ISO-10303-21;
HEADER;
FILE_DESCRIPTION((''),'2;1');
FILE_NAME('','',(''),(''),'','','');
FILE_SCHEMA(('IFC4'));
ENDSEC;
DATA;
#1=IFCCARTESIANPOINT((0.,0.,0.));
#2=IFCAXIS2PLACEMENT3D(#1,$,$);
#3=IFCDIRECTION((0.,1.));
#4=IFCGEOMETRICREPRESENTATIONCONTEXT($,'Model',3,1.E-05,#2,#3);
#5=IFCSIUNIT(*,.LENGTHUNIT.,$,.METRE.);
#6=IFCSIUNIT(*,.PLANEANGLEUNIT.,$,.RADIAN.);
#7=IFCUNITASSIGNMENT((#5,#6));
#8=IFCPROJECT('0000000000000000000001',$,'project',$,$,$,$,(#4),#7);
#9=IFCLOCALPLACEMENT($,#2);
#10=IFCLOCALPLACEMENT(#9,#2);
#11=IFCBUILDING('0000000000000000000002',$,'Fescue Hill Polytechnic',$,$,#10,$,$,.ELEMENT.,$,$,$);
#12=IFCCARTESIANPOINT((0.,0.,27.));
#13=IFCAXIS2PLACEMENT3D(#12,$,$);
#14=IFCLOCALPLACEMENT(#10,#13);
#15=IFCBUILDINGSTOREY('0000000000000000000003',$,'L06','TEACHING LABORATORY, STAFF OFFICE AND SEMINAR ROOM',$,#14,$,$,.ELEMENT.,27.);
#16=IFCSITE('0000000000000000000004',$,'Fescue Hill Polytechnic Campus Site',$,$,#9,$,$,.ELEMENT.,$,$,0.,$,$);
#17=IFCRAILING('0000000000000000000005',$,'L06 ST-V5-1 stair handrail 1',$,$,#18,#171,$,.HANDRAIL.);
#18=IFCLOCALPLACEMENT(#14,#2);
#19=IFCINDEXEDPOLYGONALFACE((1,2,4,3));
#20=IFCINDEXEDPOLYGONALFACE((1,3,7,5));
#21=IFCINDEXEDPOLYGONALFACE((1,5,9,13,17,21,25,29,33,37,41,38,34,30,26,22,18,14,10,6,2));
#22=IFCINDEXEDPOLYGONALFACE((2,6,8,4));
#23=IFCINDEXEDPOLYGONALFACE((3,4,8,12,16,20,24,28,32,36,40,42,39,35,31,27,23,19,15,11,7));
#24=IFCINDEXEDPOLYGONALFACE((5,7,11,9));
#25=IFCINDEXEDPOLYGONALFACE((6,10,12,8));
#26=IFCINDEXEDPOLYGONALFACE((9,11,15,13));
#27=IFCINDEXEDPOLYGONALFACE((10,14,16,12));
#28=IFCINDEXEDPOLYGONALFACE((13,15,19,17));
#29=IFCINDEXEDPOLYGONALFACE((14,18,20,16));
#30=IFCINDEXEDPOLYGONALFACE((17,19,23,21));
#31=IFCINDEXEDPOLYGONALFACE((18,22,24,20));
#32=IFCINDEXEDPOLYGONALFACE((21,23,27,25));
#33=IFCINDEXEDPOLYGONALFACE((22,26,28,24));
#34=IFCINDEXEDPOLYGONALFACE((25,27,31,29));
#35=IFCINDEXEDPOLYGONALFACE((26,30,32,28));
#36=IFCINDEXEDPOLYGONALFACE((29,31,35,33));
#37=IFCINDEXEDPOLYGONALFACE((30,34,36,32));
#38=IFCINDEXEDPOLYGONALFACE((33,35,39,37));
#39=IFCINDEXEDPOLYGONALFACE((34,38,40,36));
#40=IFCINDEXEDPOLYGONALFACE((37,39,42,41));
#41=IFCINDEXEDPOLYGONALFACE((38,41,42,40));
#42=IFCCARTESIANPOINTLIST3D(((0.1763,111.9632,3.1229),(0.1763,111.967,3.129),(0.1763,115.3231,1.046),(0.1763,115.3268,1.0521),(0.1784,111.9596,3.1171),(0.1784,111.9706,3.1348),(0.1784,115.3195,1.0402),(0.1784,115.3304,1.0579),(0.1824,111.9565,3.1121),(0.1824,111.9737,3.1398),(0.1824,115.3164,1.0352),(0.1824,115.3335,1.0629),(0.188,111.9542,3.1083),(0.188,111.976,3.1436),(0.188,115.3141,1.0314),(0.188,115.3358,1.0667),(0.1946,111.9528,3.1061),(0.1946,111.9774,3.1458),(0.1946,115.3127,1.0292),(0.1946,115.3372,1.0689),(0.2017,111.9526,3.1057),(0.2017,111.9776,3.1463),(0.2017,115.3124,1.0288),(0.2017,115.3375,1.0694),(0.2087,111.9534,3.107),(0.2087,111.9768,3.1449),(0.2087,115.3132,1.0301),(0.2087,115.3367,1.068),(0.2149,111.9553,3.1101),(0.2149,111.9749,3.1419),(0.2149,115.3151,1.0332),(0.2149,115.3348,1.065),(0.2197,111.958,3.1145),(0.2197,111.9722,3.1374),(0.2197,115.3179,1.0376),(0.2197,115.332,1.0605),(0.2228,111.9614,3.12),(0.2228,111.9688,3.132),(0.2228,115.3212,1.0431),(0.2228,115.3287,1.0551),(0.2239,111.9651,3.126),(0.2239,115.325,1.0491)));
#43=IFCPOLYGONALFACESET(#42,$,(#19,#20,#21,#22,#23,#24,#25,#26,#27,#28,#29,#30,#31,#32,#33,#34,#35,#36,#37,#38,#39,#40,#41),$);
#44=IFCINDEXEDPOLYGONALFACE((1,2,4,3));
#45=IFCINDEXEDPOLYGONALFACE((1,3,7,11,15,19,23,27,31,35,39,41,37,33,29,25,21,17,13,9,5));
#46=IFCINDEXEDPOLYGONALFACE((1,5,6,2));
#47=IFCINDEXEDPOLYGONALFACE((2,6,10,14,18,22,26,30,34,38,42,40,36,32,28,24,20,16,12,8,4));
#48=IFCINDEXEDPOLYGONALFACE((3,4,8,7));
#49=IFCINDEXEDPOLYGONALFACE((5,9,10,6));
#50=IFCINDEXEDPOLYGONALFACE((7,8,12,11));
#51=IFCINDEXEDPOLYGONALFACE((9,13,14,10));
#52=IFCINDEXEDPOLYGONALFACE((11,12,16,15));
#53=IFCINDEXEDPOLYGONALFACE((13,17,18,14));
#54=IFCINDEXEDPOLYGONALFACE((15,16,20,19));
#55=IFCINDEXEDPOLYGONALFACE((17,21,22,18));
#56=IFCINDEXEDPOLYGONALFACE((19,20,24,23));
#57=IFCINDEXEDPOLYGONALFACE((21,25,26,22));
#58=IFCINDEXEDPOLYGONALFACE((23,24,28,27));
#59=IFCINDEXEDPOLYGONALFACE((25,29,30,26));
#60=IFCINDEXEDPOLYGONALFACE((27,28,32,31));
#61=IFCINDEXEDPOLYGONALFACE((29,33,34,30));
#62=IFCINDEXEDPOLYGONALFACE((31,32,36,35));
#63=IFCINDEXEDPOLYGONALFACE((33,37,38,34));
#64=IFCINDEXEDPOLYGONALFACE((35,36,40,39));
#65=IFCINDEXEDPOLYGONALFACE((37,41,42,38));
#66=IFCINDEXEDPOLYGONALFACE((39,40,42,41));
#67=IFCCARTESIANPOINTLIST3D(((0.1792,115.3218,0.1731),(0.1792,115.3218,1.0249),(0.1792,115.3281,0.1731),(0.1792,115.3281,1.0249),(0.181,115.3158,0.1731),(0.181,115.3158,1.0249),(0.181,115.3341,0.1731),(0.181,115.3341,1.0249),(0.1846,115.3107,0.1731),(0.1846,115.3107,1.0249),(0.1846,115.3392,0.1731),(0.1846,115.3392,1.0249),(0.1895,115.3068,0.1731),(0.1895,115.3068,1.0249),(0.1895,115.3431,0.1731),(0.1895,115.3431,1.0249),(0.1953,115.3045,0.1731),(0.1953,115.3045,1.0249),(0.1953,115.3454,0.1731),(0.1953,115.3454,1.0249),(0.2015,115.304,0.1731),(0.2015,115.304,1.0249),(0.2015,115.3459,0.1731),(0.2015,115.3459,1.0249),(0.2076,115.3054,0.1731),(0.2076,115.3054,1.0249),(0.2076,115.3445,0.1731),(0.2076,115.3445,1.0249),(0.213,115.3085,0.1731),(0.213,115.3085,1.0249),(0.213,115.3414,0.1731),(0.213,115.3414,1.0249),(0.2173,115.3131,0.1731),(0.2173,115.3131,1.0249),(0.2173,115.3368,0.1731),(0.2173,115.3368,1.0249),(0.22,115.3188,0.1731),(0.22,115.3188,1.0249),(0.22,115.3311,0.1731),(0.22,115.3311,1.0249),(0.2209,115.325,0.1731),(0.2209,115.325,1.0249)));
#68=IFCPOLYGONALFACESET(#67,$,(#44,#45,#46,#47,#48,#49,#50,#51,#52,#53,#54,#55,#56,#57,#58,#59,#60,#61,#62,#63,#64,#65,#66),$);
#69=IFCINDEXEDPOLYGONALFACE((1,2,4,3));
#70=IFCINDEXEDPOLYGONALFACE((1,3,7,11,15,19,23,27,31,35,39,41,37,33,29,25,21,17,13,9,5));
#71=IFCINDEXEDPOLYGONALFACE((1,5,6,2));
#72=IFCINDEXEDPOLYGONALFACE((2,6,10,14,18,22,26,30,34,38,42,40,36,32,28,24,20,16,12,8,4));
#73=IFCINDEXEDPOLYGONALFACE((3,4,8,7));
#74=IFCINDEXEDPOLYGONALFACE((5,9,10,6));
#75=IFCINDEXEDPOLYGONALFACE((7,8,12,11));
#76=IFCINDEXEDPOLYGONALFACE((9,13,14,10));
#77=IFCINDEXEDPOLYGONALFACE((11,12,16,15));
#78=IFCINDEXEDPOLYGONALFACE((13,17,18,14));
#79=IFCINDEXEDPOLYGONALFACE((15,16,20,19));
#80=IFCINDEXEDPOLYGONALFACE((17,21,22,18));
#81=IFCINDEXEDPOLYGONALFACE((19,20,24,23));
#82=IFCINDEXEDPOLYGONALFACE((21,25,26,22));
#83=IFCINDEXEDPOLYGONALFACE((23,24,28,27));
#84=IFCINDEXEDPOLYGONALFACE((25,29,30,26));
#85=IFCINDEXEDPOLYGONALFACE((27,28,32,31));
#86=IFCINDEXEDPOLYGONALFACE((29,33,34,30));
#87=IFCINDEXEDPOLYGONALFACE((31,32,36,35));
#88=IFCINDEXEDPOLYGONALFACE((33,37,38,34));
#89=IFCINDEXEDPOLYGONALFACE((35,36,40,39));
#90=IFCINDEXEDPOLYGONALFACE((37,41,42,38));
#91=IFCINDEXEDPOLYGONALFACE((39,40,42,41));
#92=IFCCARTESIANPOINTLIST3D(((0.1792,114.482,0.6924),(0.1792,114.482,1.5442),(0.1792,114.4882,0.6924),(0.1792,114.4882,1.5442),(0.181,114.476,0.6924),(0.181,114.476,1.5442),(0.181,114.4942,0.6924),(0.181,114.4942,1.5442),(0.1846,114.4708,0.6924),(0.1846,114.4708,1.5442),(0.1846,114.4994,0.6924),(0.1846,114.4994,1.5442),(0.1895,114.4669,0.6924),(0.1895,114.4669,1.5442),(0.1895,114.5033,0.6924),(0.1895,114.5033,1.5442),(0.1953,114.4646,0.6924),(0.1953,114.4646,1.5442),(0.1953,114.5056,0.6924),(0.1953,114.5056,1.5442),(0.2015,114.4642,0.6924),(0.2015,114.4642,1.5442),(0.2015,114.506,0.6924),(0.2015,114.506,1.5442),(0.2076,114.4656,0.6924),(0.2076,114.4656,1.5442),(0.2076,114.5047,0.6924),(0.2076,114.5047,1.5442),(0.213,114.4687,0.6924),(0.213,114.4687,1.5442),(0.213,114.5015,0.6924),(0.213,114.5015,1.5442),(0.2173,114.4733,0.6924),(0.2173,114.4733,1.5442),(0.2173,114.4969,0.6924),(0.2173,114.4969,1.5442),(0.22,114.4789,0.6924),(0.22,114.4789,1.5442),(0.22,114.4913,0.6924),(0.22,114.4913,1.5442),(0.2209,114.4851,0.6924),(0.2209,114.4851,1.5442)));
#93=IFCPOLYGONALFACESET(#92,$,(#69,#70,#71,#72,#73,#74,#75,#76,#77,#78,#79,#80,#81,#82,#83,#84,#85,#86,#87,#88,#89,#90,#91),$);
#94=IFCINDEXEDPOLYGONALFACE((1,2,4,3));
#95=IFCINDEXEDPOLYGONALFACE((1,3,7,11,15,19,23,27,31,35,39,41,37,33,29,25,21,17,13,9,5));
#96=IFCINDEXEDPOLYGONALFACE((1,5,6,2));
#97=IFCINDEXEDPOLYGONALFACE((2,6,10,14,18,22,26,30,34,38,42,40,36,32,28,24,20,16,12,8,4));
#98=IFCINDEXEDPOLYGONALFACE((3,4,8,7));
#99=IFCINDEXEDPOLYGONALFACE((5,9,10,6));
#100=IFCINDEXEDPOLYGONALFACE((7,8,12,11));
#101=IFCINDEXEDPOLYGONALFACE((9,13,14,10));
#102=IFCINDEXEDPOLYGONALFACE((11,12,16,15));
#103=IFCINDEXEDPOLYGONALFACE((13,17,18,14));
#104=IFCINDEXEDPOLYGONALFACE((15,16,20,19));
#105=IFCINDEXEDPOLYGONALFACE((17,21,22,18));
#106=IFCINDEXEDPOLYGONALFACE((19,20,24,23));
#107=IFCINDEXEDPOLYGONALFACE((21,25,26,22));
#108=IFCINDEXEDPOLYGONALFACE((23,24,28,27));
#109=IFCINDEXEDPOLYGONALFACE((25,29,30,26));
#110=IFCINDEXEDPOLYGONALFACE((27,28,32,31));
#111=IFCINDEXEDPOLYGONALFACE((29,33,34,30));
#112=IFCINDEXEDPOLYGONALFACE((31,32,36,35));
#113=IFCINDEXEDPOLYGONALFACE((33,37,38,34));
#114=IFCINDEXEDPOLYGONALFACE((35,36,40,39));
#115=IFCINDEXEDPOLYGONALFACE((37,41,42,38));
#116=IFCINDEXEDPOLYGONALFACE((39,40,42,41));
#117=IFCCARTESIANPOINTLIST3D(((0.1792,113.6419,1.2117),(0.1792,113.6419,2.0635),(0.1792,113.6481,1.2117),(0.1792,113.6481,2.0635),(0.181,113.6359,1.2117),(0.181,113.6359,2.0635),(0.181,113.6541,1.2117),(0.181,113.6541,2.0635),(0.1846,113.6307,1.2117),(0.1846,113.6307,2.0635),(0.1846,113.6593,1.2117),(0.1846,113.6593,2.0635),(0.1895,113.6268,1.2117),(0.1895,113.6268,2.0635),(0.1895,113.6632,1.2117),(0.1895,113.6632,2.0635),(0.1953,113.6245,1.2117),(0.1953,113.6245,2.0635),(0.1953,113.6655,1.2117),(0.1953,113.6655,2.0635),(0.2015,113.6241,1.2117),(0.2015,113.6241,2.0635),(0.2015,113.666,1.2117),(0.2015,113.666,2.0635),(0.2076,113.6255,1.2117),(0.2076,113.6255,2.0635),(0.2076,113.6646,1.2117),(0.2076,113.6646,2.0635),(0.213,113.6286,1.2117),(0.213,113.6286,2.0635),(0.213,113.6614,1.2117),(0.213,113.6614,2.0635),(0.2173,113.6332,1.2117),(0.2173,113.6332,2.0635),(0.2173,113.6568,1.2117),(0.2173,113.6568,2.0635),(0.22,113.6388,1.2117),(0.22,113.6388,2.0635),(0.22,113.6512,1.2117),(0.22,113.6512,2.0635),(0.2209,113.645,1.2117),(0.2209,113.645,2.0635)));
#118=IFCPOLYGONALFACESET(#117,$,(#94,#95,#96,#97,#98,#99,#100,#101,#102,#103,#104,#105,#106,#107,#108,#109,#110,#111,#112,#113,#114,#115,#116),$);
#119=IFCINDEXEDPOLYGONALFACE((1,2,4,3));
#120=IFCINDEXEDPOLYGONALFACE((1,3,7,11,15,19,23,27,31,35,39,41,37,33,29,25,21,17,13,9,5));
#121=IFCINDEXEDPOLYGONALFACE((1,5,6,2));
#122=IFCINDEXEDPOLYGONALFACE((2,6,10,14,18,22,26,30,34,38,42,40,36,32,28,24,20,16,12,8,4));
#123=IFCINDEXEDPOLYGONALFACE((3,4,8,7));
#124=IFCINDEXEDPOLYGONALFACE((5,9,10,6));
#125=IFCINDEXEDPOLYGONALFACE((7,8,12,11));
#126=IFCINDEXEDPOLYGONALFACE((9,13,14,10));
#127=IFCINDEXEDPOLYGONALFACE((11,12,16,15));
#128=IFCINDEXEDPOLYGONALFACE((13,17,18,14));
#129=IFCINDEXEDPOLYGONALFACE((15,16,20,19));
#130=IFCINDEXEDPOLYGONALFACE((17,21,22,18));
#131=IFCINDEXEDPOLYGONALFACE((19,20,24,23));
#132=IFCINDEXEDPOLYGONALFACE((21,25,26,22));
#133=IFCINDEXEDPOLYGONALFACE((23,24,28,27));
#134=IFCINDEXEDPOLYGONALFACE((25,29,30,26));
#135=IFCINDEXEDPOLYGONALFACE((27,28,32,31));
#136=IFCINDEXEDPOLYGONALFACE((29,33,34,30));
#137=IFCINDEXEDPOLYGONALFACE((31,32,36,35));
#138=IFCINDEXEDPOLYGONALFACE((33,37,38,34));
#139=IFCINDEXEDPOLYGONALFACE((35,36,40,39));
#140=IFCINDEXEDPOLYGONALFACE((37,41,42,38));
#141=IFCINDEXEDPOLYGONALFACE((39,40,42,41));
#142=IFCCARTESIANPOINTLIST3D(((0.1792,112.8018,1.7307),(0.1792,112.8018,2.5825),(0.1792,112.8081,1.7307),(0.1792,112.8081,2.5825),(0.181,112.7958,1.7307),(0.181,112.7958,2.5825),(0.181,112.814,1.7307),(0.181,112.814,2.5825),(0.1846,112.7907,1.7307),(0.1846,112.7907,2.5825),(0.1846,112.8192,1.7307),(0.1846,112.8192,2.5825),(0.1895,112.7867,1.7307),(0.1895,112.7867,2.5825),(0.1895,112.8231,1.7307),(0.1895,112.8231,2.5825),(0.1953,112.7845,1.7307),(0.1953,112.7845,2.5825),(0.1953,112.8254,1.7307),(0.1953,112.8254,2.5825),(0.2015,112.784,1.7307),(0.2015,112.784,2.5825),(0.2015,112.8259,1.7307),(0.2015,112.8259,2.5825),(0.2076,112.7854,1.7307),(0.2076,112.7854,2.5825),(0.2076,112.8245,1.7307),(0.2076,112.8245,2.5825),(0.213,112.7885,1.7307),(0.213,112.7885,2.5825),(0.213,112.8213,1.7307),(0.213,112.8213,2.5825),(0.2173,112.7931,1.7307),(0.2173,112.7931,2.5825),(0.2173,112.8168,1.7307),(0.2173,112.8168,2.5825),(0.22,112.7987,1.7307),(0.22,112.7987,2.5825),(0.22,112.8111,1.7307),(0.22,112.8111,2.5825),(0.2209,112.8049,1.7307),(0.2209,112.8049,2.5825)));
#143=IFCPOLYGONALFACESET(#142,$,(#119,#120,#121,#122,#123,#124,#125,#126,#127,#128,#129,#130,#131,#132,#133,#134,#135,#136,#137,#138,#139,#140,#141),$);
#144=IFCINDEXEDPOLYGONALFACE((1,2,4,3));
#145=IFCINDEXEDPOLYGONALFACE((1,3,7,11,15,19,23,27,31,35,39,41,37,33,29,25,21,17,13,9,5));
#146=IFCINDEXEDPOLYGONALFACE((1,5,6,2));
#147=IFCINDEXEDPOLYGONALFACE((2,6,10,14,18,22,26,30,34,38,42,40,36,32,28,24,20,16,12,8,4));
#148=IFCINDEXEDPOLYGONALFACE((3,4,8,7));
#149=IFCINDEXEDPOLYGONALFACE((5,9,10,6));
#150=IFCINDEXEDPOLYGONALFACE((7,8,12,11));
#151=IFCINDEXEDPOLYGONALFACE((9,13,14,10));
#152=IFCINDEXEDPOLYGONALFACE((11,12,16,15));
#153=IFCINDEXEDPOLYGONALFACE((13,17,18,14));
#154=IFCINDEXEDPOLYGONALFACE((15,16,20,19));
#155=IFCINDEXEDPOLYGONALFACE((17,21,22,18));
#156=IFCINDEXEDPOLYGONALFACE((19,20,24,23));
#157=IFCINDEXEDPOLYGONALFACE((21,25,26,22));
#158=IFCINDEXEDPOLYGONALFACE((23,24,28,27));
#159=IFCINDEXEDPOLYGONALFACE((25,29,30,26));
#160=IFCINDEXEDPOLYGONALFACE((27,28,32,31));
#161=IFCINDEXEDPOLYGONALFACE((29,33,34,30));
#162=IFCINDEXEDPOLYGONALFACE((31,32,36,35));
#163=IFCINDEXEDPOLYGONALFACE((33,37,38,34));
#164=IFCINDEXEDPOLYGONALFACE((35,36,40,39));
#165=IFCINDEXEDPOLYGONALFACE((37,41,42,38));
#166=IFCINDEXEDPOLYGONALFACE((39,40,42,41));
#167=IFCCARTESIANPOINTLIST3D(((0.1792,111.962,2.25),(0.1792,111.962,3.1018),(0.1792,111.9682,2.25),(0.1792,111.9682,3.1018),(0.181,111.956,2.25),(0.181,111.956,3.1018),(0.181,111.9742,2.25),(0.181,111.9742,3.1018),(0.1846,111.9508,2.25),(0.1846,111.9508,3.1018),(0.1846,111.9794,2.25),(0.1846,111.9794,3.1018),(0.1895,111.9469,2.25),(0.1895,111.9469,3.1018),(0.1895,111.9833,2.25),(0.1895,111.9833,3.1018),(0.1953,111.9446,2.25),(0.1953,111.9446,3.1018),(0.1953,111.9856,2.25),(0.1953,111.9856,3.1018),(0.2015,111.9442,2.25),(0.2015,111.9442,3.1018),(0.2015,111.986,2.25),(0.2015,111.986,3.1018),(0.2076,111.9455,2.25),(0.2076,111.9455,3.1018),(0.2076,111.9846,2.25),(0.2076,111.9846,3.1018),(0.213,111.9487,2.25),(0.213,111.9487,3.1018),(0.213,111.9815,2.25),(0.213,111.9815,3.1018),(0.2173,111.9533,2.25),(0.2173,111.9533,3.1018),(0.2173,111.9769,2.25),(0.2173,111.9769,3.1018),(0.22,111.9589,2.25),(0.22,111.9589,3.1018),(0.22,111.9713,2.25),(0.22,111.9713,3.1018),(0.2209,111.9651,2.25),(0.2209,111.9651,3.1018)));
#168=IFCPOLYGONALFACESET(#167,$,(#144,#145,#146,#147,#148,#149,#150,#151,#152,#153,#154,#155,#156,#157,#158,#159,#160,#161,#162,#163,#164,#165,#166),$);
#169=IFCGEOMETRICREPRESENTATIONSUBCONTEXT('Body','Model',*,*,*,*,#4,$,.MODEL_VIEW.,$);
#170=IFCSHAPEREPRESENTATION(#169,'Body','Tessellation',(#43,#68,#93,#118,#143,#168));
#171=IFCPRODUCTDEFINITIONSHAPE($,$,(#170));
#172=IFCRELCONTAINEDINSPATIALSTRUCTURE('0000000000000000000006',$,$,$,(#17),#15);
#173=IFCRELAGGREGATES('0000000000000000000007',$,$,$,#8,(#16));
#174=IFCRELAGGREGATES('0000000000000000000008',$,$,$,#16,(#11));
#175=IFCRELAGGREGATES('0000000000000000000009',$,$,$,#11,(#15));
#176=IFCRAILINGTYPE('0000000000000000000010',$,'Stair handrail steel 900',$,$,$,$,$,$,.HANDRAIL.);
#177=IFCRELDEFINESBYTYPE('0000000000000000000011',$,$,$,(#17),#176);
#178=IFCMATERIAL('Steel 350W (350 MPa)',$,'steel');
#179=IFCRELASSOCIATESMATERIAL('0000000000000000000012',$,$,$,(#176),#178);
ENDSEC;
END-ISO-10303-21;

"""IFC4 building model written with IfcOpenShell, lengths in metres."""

from ifc_helpers import new_model, si_unit, direction, frame, origin, origin_2d, place, context, subcontext, project, spatial, circle, extrude, material, type_object, element, save


model = new_model("IFC4")

# Units and contexts
model_context = context("Model", 3, precision=1e-05, world=origin(), true_north=direction((0.0, 1.0)))
body_context = subcontext(model_context, "Body", "Model", "MODEL_VIEW")
ifc_project = project(units=[si_unit("LENGTHUNIT", "METRE"), si_unit("PLANEANGLEUNIT", "RADIAN")], contexts=[model_context])

# Site, building, storey
site_placement = place(None, origin())
site = spatial("IfcSite", under=ifc_project, at=site_placement, Name="Fescue Hill Polytechnic Campus Site", CompositionType="ELEMENT", RefElevation=0.0)
building_placement = place(site_placement, origin())
building = spatial("IfcBuilding", under=site, at=building_placement, Name="Fescue Hill Polytechnic", CompositionType="ELEMENT")
storey_placement = place(building_placement, frame((0.0, 0.0, 27.0)))
storey = spatial("IfcBuildingStorey", under=building, at=storey_placement, Name="L06", Description="TEACHING LABORATORY, STAFF OFFICE AND SEMINAR ROOM", CompositionType="ELEMENT", Elevation=27.0)

# Railing
ifc_material_1 = material(Name="Steel 350W (350 MPa)", Category="steel")
railing_type_1 = type_object("IfcRailingType", Name="Stair handrail steel 900", PredefinedType="HANDRAIL", material=ifc_material_1)
railing_1_placement = place(storey_placement, frame((0.2, 115.325, 0.1731)))
element("IfcRailing", 1, at=railing_1_placement, inside=storey, type_object=railing_type_1, Name="L06 ST-V5-1 stair handrail 1", PredefinedType="HANDRAIL", context=body_context, shape_type="SweptSolid", body=[
    extrude(circle(Radius=0.0239, at=origin_2d()), frame((0.0, 0.0, 0.876), z_axis=(0.0, -0.850606, 0.525803), x_axis=(1.0, 0.0, 0.0)), (0.0, 0.0, 1.0), 3.95),
    extrude(circle(Radius=0.021, at=origin_2d()), origin(), (0.0, 0.0, 1.0), 0.8518),
    extrude(circle(Radius=0.021, at=origin_2d()), frame((0.0, -0.8398, 0.5193)), (0.0, 0.0, 1.0), 0.8518),
    extrude(circle(Radius=0.021, at=origin_2d()), frame((0.0, -1.6799, 1.0386)), (0.0, 0.0, 1.0), 0.8518),
    extrude(circle(Radius=0.021, at=origin_2d()), frame((0.0, -2.52, 1.5576)), (0.0, 0.0, 1.0), 0.8518),
    extrude(circle(Radius=0.021, at=origin_2d()), frame((0.0, -3.3599, 2.0769)), (0.0, 0.0, 1.0), 0.8518),
])

save(model, "model.ifc")
